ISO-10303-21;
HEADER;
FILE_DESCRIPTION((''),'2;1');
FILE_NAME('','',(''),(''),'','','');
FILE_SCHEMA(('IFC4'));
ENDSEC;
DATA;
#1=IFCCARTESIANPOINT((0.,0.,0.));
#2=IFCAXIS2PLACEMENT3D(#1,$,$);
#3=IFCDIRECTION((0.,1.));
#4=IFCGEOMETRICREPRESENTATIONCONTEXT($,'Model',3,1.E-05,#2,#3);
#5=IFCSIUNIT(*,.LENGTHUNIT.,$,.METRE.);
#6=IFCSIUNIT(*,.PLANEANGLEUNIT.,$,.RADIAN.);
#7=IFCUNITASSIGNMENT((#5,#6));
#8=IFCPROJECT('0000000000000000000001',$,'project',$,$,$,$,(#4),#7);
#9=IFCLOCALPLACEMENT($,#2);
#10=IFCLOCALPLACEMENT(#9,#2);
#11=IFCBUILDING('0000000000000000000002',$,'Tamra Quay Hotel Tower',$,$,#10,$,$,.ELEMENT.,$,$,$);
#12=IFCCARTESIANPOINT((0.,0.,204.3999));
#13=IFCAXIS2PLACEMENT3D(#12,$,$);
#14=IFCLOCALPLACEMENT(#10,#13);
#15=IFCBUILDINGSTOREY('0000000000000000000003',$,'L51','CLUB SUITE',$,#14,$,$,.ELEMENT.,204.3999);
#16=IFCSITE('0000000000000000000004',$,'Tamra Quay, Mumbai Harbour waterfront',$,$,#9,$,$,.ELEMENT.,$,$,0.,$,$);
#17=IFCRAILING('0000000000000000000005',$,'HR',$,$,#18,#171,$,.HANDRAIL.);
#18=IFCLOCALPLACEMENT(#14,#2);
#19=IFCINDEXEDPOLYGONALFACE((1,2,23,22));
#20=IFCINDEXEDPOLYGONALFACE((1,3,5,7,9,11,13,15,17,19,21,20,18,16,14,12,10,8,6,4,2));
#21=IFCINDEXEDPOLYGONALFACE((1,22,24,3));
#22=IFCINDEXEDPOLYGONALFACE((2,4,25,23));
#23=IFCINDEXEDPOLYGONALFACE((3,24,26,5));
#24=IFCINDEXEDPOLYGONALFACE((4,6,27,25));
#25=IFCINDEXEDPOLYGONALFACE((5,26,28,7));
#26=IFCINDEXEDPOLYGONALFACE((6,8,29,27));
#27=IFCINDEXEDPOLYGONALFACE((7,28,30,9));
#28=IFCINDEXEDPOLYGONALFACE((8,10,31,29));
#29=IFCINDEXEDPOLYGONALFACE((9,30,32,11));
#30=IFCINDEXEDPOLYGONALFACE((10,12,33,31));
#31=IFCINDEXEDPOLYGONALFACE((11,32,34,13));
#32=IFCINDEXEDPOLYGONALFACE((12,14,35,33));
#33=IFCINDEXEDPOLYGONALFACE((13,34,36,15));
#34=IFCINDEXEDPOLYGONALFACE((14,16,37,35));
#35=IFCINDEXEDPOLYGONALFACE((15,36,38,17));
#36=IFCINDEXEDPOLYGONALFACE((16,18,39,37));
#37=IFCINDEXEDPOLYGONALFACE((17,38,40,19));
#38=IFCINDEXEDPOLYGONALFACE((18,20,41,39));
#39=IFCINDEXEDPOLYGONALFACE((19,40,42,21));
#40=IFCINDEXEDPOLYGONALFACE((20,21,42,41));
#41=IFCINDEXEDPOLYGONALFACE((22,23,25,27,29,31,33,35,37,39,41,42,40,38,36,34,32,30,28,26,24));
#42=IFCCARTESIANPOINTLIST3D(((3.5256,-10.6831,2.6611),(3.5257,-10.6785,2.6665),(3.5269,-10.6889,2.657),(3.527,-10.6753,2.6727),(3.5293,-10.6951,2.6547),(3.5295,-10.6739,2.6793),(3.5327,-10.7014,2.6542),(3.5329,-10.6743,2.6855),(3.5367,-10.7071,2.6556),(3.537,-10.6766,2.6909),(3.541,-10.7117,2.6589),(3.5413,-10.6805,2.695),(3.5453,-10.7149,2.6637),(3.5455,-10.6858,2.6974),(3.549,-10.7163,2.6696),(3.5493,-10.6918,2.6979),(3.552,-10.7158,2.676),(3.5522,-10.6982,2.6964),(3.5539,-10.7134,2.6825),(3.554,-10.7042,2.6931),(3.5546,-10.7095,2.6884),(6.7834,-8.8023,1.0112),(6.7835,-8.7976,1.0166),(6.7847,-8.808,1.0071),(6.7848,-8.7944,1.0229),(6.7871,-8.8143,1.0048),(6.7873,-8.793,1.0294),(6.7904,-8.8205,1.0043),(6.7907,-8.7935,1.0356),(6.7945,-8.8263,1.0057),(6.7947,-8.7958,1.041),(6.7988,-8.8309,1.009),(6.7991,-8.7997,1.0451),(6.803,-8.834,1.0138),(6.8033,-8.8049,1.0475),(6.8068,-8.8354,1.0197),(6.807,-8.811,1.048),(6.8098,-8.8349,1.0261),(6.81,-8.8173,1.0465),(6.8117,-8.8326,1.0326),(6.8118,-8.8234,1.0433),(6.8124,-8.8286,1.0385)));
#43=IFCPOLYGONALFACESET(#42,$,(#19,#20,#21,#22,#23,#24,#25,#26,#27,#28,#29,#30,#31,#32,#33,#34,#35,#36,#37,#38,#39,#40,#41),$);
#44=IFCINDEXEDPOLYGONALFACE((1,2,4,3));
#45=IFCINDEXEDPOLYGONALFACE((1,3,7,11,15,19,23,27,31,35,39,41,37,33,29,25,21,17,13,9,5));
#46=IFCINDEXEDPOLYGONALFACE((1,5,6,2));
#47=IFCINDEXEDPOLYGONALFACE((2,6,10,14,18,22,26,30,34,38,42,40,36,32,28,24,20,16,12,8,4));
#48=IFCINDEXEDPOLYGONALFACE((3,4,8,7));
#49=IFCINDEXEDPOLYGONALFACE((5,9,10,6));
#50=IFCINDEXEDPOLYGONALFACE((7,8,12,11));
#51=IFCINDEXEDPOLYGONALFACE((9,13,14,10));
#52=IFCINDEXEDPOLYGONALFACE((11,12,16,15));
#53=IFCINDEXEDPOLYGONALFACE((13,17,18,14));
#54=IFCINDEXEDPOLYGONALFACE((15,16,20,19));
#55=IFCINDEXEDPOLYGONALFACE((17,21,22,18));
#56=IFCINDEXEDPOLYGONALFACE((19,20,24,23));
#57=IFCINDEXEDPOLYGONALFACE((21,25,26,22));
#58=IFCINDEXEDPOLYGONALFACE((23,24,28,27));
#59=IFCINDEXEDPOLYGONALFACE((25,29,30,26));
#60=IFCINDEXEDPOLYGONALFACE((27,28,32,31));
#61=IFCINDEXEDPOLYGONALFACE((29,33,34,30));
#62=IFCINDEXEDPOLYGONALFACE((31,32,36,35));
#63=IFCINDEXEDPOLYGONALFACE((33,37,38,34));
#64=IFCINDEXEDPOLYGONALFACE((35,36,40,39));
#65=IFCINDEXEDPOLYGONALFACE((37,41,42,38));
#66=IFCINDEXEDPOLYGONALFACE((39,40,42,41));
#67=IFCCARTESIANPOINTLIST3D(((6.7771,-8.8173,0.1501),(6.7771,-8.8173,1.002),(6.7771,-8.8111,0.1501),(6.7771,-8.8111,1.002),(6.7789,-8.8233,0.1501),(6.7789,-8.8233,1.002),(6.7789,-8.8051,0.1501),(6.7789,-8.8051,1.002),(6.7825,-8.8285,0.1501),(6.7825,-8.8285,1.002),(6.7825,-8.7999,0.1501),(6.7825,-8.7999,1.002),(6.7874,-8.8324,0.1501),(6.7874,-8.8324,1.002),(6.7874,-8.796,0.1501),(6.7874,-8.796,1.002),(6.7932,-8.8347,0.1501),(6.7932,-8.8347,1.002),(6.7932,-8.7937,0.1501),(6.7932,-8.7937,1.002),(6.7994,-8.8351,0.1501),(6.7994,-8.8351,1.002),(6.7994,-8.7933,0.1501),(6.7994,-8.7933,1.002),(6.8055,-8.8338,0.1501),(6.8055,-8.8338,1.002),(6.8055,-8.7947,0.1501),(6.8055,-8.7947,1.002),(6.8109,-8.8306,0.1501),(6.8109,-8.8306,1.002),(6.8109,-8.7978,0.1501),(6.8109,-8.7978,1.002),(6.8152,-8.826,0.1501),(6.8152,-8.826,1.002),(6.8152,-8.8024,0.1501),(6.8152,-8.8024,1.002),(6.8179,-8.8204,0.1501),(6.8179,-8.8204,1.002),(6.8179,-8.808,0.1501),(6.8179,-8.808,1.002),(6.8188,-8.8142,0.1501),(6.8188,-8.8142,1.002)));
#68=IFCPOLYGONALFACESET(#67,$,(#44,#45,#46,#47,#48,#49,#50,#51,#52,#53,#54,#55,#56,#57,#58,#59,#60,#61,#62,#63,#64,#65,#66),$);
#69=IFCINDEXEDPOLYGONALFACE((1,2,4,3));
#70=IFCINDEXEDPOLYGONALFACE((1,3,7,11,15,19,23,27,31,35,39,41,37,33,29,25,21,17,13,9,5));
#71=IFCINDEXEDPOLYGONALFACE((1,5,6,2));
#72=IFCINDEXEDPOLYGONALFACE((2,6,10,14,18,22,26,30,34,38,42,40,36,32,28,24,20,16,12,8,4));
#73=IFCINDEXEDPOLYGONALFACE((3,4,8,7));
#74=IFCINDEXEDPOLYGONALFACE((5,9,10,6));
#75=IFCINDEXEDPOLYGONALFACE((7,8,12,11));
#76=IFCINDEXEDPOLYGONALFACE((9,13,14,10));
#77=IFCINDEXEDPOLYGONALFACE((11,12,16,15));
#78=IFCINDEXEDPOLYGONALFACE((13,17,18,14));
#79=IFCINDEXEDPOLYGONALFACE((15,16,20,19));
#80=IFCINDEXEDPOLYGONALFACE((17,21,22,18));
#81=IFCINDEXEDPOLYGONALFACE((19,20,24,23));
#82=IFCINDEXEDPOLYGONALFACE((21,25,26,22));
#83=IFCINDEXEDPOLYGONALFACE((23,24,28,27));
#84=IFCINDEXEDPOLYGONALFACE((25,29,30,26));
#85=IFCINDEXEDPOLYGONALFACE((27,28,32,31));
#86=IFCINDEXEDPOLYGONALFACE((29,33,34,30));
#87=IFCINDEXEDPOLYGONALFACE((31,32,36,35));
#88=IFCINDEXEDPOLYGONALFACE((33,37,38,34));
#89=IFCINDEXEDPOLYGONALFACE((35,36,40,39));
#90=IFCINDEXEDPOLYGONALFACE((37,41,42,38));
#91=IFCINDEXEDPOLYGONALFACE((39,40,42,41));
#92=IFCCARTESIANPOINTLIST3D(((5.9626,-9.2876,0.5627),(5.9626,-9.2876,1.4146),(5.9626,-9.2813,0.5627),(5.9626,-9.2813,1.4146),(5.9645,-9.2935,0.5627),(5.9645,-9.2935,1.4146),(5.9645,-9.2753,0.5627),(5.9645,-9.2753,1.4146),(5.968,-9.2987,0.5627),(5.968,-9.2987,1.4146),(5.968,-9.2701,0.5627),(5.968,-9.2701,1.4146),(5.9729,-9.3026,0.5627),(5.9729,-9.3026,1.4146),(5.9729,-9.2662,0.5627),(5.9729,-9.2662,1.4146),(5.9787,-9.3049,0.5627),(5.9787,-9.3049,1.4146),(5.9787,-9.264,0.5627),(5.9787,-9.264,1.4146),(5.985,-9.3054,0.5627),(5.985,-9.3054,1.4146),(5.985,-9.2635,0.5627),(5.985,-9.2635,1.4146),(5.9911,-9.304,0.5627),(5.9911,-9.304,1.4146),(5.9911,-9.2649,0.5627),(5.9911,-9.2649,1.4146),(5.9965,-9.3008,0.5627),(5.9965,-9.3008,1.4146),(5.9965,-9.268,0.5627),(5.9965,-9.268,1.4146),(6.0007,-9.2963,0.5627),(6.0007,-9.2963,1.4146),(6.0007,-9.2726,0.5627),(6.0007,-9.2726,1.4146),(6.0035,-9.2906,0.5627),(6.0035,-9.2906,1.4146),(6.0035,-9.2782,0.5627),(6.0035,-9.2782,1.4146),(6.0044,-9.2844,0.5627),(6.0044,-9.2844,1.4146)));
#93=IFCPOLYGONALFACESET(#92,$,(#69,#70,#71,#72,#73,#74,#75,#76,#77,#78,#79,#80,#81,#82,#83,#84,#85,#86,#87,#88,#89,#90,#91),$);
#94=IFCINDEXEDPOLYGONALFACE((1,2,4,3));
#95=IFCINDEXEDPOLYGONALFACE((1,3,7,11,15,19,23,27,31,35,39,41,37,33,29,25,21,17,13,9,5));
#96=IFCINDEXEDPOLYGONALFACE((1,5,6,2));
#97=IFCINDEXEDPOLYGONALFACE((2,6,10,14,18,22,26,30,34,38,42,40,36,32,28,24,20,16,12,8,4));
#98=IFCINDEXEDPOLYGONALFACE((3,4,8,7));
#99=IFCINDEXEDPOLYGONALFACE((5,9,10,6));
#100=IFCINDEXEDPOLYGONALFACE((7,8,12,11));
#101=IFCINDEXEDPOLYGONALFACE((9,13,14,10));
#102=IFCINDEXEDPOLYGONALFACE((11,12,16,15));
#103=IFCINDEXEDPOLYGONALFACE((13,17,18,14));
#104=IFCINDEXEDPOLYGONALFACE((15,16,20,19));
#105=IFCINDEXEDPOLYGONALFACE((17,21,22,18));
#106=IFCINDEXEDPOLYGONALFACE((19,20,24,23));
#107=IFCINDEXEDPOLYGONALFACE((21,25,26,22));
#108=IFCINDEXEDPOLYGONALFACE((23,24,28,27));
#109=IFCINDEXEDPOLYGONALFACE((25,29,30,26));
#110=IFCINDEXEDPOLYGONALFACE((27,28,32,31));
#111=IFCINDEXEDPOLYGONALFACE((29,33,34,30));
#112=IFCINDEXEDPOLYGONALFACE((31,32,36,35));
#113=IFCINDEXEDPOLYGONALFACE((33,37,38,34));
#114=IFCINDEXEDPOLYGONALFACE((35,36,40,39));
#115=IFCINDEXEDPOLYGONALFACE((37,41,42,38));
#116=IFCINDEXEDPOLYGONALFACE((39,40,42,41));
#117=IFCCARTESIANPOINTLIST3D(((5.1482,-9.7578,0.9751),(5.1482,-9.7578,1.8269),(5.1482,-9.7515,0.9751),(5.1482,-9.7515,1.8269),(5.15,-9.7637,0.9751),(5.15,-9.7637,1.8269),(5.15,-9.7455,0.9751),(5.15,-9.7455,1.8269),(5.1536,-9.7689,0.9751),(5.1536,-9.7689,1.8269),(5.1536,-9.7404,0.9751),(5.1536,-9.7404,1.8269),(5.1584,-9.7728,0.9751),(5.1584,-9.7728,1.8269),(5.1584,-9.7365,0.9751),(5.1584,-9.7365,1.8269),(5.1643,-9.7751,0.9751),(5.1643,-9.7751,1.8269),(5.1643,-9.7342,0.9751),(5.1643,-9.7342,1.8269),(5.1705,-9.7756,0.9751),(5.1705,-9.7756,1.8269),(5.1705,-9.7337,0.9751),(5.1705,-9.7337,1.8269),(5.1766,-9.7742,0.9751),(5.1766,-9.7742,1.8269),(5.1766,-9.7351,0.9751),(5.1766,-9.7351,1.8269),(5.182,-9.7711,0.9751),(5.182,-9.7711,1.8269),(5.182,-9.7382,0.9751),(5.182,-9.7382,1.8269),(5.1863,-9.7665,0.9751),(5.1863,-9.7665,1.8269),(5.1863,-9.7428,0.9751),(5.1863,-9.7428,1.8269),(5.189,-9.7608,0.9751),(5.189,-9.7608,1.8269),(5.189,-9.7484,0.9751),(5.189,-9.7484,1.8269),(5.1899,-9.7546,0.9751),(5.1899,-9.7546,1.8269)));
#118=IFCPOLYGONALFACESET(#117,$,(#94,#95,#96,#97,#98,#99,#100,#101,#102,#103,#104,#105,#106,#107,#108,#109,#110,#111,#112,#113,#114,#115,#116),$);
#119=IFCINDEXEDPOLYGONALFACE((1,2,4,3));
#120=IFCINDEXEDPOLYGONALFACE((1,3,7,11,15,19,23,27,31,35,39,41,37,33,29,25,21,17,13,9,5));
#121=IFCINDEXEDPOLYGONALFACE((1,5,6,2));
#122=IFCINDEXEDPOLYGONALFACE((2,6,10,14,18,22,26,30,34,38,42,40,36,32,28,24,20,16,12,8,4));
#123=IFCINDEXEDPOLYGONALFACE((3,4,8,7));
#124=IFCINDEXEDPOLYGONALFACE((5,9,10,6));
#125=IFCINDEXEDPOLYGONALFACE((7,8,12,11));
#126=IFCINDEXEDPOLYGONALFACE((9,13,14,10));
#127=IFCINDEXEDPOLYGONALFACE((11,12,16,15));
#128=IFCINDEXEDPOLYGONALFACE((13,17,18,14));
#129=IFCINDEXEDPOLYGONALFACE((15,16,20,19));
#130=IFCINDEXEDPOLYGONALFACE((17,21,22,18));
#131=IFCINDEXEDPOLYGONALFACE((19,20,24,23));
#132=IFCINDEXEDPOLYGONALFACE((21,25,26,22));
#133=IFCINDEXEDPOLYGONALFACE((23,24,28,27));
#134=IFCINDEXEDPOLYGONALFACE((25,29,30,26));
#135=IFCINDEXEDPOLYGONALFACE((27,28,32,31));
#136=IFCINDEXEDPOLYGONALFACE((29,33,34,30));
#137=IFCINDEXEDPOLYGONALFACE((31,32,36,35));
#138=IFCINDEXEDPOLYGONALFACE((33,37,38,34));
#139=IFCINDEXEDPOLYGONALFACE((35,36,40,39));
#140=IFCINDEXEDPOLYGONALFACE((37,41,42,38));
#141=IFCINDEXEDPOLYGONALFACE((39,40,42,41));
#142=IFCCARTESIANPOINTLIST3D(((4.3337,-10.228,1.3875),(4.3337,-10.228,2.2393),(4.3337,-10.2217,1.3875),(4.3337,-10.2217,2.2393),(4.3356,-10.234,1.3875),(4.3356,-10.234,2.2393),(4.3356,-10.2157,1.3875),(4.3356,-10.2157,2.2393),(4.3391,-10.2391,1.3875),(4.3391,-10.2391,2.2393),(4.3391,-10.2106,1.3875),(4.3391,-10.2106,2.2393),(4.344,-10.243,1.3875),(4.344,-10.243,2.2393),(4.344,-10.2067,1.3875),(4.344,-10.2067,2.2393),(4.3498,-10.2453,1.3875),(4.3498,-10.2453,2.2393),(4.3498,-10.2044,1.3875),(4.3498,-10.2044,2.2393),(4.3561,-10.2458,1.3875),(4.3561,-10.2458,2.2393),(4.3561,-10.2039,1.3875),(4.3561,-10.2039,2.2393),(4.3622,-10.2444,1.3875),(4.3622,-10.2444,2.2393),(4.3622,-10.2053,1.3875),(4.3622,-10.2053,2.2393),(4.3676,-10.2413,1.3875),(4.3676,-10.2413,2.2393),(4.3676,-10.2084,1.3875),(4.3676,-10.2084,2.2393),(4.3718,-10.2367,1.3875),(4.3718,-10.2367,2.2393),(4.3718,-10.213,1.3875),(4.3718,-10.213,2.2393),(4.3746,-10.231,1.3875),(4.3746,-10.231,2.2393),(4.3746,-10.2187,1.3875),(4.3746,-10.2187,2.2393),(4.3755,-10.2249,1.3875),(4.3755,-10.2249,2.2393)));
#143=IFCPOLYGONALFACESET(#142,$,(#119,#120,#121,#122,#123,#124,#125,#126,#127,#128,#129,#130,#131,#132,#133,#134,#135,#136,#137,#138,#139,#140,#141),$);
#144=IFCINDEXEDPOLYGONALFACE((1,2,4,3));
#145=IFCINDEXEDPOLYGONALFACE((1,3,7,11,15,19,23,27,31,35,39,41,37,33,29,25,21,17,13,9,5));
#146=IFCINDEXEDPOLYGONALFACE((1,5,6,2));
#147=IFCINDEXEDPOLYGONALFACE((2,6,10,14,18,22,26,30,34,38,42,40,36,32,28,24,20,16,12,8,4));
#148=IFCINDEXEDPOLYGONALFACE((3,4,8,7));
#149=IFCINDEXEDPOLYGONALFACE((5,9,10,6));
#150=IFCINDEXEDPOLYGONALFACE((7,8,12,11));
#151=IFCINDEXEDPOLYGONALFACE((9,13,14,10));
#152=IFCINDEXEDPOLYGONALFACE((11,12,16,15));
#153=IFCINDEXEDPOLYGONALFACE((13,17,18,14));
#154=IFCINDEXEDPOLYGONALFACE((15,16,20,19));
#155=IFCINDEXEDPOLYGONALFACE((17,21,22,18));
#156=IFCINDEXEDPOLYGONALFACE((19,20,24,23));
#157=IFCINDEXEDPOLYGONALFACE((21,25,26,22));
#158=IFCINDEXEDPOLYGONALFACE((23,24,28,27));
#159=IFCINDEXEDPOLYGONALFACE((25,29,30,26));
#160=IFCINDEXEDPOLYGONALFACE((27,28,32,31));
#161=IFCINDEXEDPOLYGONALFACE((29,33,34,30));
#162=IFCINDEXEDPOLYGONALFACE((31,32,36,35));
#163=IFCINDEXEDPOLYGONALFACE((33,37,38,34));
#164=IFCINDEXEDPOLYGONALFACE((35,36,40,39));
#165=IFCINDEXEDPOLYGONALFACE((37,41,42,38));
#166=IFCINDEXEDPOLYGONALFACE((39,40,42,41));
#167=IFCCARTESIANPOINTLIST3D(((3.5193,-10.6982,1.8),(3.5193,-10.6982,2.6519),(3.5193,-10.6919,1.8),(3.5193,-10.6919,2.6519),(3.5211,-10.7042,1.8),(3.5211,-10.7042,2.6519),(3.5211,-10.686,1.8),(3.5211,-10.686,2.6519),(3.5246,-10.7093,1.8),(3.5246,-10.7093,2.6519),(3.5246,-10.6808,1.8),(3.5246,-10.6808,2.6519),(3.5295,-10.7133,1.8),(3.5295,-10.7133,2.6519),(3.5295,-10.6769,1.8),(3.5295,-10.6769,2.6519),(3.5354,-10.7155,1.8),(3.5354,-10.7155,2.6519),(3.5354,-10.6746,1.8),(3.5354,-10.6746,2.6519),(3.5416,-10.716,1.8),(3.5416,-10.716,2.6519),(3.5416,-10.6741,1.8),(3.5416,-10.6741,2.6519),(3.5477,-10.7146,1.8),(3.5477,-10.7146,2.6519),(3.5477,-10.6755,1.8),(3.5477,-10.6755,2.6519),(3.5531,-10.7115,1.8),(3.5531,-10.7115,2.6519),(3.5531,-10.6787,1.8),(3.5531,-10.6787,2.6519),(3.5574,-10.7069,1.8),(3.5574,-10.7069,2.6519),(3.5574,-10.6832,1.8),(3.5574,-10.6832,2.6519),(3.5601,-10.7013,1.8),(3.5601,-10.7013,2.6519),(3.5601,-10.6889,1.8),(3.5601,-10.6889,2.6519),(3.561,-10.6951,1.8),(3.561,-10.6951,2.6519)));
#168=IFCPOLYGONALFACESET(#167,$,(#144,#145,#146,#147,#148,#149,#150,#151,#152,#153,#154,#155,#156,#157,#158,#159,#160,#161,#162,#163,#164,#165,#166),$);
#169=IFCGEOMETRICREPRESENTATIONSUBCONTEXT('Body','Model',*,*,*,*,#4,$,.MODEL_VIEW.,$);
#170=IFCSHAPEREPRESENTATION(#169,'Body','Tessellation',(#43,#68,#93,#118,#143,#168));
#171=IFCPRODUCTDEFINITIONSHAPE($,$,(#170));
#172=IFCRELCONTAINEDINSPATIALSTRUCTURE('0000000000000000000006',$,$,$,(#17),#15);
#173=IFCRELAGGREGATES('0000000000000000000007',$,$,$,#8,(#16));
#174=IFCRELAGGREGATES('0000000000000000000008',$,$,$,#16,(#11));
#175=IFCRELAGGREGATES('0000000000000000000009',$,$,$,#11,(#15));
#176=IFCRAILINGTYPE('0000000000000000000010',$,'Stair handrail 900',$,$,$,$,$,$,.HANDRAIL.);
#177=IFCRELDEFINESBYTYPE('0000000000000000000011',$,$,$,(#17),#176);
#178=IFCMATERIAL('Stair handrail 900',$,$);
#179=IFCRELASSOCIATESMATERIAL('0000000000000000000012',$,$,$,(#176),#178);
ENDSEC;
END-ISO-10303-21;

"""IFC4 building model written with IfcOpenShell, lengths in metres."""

from ifc_helpers import new_model, si_unit, direction, frame, origin, origin_2d, place, context, subcontext, project, spatial, circle, extrude, material, type_object, element, save


model = new_model("IFC4")

# Units and contexts
model_context = context("Model", 3, precision=1e-05, world=origin(), true_north=direction((0.0, 1.0)))
body_context = subcontext(model_context, "Body", "Model", "MODEL_VIEW")
ifc_project = project(units=[si_unit("LENGTHUNIT", "METRE"), si_unit("PLANEANGLEUNIT", "RADIAN")], contexts=[model_context])

# Site, building, storey
site_placement = place(None, origin())
site = spatial("IfcSite", under=ifc_project, at=site_placement, Name="Tamra Quay, Mumbai Harbour waterfront", CompositionType="ELEMENT", RefElevation=0.0)
building_placement = place(site_placement, origin())
building = spatial("IfcBuilding", under=site, at=building_placement, Name="Tamra Quay Hotel Tower", CompositionType="ELEMENT")
storey_placement = place(building_placement, frame((0.0, 0.0, 204.3999)))
storey = spatial("IfcBuildingStorey", under=building, at=storey_placement, Name="L51", Description="CLUB SUITE", CompositionType="ELEMENT", Elevation=204.3999)

# Railing
ifc_material_1 = material(Name="Stair handrail 900")
railing_type_1 = type_object("IfcRailingType", Name="Stair handrail 900", PredefinedType="HANDRAIL", material=ifc_material_1)
railing_1_placement = place(storey_placement, frame((6.7979, -8.8142, 0.1501)))
element("IfcRailing", 1, at=railing_1_placement, inside=storey, type_object=railing_type_1, Name="HR", PredefinedType="HANDRAIL", context=body_context, shape_type="SweptSolid", body=[
    extrude(circle(Radius=0.0239, at=origin_2d()), frame((0.0, 0.0, 0.876), z_axis=(-0.7931, -0.457887, 0.401661), x_axis=(0.499992, -0.86603, 0.0)), (0.0, 0.0, 1.0), 4.1077),
    extrude(circle(Radius=0.021, at=origin_2d()), origin(), (0.0, 0.0, 1.0), 0.8518),
    extrude(circle(Radius=0.021, at=origin_2d()), frame((-0.8145, -0.4702, 0.4126)), (0.0, 0.0, 1.0), 0.8518),
    extrude(circle(Radius=0.021, at=origin_2d()), frame((-1.6289, -0.9404, 0.825)), (0.0, 0.0, 1.0), 0.8518),
    extrude(circle(Radius=0.021, at=origin_2d()), frame((-2.4434, -1.4106, 1.2373)), (0.0, 0.0, 1.0), 0.8518),
    extrude(circle(Radius=0.021, at=origin_2d()), frame((-3.2578, -1.8809, 1.6499)), (0.0, 0.0, 1.0), 0.8518),
])

save(model, "model.ifc")
